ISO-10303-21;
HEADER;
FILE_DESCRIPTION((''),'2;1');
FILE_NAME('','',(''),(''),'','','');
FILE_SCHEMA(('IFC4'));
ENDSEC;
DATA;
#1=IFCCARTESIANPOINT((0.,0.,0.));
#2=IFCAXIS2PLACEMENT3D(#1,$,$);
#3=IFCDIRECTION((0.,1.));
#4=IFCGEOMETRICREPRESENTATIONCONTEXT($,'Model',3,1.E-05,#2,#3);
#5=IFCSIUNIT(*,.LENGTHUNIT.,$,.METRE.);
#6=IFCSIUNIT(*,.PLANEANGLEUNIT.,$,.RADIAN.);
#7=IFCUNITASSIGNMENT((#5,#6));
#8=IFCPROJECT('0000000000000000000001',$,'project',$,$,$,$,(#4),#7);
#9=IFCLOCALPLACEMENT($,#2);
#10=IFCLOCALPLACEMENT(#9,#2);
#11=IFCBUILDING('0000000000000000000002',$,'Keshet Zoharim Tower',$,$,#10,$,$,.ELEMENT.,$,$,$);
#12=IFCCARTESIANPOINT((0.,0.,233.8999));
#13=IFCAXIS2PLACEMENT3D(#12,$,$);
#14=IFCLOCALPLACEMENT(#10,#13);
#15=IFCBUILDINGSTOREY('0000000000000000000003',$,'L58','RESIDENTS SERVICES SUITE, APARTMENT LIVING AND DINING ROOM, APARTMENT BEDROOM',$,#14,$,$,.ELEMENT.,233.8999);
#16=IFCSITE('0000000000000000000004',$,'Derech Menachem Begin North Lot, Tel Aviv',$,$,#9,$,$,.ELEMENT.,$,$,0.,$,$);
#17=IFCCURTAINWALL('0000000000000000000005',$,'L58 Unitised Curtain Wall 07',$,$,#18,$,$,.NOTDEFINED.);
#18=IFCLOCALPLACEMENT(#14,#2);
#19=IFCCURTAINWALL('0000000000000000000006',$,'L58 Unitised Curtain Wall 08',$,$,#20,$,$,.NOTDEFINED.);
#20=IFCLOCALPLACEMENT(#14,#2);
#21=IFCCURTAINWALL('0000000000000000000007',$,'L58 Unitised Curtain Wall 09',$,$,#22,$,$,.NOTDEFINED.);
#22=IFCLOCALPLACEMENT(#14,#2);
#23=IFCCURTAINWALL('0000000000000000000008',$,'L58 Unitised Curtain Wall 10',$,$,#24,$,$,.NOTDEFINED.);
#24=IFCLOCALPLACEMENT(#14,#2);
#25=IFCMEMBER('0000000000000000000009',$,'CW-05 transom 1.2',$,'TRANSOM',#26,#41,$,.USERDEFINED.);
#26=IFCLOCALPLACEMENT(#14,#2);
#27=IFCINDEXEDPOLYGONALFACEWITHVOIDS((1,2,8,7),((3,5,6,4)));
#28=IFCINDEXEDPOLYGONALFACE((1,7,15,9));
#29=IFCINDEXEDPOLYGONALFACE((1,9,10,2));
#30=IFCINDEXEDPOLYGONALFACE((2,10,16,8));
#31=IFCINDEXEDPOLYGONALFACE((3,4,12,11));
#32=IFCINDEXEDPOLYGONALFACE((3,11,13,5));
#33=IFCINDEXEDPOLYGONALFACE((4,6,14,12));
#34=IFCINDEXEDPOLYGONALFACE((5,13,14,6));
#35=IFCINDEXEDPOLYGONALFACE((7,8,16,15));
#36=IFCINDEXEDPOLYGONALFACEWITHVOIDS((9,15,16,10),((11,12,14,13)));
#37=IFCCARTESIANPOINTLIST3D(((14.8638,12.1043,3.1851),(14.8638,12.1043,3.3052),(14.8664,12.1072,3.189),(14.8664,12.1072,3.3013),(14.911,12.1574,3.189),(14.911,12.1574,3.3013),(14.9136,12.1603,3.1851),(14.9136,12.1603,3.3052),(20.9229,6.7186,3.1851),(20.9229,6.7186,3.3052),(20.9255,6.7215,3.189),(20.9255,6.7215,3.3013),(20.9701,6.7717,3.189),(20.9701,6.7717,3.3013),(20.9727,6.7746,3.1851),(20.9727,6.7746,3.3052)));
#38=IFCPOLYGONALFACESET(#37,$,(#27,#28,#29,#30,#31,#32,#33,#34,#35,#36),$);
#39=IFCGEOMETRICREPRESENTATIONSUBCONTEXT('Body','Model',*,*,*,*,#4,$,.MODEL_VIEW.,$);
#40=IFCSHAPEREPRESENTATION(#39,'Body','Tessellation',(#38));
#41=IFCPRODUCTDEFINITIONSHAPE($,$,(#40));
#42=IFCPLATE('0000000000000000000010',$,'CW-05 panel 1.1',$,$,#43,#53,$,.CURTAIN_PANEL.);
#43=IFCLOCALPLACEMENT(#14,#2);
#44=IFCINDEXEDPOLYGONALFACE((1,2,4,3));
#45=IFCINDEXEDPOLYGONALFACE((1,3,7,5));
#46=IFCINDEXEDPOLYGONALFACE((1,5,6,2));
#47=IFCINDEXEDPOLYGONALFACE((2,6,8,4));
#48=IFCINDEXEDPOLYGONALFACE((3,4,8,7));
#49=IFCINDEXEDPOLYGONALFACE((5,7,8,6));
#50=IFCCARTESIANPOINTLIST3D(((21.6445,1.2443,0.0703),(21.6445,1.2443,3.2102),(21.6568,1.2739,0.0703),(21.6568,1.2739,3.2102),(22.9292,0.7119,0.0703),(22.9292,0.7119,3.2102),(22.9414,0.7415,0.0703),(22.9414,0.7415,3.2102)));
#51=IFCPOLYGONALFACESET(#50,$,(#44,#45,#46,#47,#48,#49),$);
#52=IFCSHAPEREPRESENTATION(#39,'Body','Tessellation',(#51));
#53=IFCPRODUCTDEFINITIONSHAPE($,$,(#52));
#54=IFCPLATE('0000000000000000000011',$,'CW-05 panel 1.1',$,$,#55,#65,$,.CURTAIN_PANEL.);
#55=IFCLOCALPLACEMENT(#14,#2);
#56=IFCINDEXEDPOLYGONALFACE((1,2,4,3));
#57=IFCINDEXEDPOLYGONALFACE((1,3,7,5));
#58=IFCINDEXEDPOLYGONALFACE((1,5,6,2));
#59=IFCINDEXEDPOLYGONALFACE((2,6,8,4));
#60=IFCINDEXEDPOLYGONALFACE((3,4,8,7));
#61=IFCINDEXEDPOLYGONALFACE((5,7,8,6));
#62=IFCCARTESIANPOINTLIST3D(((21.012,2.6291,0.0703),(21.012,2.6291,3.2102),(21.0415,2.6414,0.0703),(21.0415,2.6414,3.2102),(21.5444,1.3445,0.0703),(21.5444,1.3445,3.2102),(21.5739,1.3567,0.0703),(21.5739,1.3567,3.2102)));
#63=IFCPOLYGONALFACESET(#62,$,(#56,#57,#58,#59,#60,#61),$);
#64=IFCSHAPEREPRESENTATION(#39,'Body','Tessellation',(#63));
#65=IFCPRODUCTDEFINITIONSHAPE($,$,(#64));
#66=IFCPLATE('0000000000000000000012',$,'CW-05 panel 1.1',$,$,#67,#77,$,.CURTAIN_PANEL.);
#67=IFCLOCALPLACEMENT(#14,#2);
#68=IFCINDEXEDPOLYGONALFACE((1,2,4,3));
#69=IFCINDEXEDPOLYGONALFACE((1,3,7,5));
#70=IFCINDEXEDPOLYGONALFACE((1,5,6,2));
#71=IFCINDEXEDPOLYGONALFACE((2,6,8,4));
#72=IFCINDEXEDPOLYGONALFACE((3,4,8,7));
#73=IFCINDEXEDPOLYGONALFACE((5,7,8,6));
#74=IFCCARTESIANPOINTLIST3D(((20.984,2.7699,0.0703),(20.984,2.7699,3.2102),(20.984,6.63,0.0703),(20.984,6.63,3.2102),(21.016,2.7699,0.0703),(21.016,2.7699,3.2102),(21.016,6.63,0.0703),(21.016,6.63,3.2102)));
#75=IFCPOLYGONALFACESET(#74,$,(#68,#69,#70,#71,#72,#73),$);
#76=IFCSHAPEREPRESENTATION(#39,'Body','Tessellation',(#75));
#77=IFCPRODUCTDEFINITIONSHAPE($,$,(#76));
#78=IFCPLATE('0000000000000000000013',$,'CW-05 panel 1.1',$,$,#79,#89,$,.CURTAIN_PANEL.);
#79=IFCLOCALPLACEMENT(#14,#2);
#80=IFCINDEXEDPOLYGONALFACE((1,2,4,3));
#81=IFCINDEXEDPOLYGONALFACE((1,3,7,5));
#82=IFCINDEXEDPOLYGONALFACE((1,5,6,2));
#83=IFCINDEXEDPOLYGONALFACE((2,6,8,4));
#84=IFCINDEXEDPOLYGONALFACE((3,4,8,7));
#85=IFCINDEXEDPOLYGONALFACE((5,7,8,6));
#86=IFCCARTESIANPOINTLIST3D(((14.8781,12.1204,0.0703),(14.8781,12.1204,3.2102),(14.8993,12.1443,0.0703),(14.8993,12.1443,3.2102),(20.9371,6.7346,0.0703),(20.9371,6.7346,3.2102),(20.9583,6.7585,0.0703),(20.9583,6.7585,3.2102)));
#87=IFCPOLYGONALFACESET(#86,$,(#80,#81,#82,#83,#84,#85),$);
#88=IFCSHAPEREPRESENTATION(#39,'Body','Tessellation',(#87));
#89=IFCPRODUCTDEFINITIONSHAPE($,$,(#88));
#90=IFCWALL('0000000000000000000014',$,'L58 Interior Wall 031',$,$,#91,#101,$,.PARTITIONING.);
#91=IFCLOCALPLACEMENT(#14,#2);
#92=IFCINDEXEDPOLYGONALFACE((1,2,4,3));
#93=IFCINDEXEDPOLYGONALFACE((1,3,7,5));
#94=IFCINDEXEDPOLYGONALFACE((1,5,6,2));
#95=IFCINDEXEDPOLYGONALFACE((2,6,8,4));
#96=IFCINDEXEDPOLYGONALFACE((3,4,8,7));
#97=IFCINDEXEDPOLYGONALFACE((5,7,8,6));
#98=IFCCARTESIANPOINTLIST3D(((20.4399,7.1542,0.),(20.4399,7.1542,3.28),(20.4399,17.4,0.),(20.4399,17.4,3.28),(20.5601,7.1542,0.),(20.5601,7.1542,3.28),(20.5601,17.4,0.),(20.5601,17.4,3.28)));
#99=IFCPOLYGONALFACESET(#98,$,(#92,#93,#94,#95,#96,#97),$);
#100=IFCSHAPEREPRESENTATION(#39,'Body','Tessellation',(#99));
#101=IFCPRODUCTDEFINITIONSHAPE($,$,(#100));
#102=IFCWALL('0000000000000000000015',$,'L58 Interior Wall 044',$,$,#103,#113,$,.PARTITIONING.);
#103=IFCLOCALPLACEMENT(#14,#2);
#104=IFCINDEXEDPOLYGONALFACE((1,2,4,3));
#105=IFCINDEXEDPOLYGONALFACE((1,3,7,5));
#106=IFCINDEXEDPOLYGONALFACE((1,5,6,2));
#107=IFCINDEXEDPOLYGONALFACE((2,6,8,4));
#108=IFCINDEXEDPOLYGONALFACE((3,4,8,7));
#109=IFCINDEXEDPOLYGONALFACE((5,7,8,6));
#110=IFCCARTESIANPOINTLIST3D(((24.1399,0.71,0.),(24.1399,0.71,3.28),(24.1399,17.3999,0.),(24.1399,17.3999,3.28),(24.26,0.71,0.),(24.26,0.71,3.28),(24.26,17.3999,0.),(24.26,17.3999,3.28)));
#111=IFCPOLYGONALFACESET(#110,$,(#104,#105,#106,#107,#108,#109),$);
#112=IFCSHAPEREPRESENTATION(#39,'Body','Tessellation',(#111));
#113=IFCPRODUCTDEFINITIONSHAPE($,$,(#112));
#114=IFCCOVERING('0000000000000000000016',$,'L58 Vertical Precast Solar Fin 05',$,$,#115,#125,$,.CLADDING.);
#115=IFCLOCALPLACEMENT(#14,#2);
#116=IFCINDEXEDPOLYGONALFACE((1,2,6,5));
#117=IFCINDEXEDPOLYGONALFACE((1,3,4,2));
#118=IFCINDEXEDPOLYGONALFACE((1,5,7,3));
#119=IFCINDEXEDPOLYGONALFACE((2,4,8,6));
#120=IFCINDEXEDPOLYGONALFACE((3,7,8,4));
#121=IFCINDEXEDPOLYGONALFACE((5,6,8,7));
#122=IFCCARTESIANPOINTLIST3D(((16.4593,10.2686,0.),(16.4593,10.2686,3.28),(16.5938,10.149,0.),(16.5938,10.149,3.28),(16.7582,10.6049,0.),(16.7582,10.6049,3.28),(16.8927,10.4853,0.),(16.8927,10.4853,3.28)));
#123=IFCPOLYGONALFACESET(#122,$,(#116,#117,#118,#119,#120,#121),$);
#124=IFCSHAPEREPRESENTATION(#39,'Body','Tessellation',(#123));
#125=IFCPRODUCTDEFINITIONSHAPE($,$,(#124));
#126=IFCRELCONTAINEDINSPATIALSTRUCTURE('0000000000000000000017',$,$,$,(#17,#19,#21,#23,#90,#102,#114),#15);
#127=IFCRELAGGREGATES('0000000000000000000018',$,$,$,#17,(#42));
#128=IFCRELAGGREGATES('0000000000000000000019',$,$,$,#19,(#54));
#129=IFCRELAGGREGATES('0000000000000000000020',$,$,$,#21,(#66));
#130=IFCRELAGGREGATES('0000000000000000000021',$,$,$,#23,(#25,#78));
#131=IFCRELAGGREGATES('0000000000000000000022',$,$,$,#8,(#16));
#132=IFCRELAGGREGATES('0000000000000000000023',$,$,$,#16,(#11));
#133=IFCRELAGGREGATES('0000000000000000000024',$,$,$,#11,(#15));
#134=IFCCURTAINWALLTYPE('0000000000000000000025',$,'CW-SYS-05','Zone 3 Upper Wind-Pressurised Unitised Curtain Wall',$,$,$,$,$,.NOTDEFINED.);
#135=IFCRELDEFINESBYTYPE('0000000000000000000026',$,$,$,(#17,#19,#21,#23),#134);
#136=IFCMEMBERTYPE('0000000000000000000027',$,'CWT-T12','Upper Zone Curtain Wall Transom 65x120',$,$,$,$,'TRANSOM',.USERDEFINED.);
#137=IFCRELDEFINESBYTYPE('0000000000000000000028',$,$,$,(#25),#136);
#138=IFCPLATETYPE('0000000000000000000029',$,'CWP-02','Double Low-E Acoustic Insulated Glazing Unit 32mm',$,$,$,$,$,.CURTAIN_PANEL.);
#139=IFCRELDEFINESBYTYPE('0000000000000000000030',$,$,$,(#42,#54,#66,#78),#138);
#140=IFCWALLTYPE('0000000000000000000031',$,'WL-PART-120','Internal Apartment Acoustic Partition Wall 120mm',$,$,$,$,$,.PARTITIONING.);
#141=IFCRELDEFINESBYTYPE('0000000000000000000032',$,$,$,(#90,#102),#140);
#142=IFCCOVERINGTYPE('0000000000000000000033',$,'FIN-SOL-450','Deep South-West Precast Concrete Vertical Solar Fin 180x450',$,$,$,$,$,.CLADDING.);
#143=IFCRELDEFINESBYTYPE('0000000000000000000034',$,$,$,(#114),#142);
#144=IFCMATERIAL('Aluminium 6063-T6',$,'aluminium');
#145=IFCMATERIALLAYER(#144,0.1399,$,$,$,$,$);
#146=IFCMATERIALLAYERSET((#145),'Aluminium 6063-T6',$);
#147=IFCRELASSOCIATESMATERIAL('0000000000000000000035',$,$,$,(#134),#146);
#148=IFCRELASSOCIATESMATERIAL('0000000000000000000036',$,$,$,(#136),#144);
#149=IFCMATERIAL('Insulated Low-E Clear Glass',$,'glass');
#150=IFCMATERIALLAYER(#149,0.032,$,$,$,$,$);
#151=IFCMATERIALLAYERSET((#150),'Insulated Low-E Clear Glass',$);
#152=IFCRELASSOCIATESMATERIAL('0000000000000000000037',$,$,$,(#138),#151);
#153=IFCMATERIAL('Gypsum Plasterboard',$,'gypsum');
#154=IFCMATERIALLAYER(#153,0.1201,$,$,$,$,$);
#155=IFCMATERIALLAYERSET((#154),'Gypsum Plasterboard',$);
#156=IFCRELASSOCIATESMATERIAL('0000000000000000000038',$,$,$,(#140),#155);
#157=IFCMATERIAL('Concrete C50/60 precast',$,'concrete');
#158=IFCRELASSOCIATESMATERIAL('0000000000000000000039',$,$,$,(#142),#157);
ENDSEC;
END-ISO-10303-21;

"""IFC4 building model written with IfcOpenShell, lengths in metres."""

from ifc_helpers import new_model, si_unit, direction, frame, frame_2d, origin, origin_2d, place, context, subcontext, project, spatial, rectangle, hollow_rectangle, extrude, material, layer, layer_set, material_profile, profile_set, type_object, element, aggregate, save


model = new_model("IFC4")

# Units and contexts
model_context = context("Model", 3, precision=1e-05, world=origin(), true_north=direction((0.0, 1.0)))
body_context = subcontext(model_context, "Body", "Model", "MODEL_VIEW")
ifc_project = project(units=[si_unit("LENGTHUNIT", "METRE"), si_unit("PLANEANGLEUNIT", "RADIAN")], contexts=[model_context])

# Site, building, storey
site_placement = place(None, origin())
site = spatial("IfcSite", under=ifc_project, at=site_placement, Name="Derech Menachem Begin North Lot, Tel Aviv", CompositionType="ELEMENT", RefElevation=0.0)
building_placement = place(site_placement, origin())
building = spatial("IfcBuilding", under=site, at=building_placement, Name="Keshet Zoharim Tower", CompositionType="ELEMENT")
storey_placement = place(building_placement, frame((0.0, 0.0, 233.8999)))
storey = spatial("IfcBuildingStorey", under=building, at=storey_placement, Name="L58", Description="RESIDENTS SERVICES SUITE, APARTMENT LIVING AND DINING ROOM, APARTMENT BEDROOM", CompositionType="ELEMENT", Elevation=233.8999)

# Shared definitions
ifc_material_1 = material(Name="Aluminium 6063-T6", Category="aluminium")
ifc_layer_1 = layer(ifc_material_1, 0.1399)
ifc_layer_set_1 = layer_set([ifc_layer_1], Name="Aluminium 6063-T6")
curtain_wall_type = type_object("IfcCurtainWallType", Name="CW-SYS-05", Description="Zone 3 Upper Wind-Pressurised Unitised Curtain Wall", PredefinedType="NOTDEFINED", material=ifc_layer_set_1)

# Curtain walls
curtain_wall_1_placement = place(storey_placement, origin())
curtain_wall_1 = element("IfcCurtainWall", 1, at=curtain_wall_1_placement, inside=storey, type_object=curtain_wall_type, Name="L58 Unitised Curtain Wall 07", PredefinedType="NOTDEFINED")
curtain_wall_2_placement = place(storey_placement, origin())
curtain_wall_2 = element("IfcCurtainWall", 2, at=curtain_wall_2_placement, inside=storey, type_object=curtain_wall_type, Name="L58 Unitised Curtain Wall 08", PredefinedType="NOTDEFINED")
curtain_wall_3_placement = place(storey_placement, origin())
curtain_wall_3 = element("IfcCurtainWall", 3, at=curtain_wall_3_placement, inside=storey, type_object=curtain_wall_type, Name="L58 Unitised Curtain Wall 09", PredefinedType="NOTDEFINED")

# Curtain wall
curtain_wall_4_placement = place(storey_placement, origin())
curtain_wall_4 = element("IfcCurtainWall", 4, at=curtain_wall_4_placement, inside=storey, type_object=curtain_wall_type, Name="L58 Unitised Curtain Wall 10", PredefinedType="NOTDEFINED")

# Member
ifc_material_profile_1 = material_profile(ifc_material_1, hollow_rectangle(XDim=0.075, YDim=0.1201, WallThickness=0.0039, at=origin_2d()), Name="TRN-75x120")
ifc_profile_set_1 = profile_set([ifc_material_profile_1], Name="Aluminium 6063-T6")
member_type_1 = type_object("IfcMemberType", Name="CWT-T12", Description="Upper Zone Curtain Wall Transom 65x120", ElementType="TRANSOM", PredefinedType="USERDEFINED", material=ifc_profile_set_1)
member_1_placement = place(storey_placement, frame((20.9478, 6.7466, 3.2451), z_axis=(-0.747416, 0.664356, 0.0), x_axis=(-0.664356, -0.747416, 0.0)))
member_1 = element("IfcMember", 5, at=member_1_placement, type_object=member_type_1, Name="CW-05 transom 1.2", ObjectType="TRANSOM", PredefinedType="USERDEFINED", context=body_context, shape_type="SweptSolid", body=[
    extrude(hollow_rectangle(XDim=0.075, YDim=0.1201, WallThickness=0.0039, at=origin_2d()), origin(), (0.0, 0.0, 1.0), 8.1067),
])

# Plates
ifc_material_2 = material(Name="Insulated Low-E Clear Glass", Category="glass")
ifc_layer_2 = layer(ifc_material_2, 0.032)
ifc_layer_set_2 = layer_set([ifc_layer_2], Name="Insulated Low-E Clear Glass")
plate_type = type_object("IfcPlateType", Name="CWP-02", Description="Double Low-E Acoustic Insulated Glazing Unit 32mm", PredefinedType="CURTAIN_PANEL", material=ifc_layer_set_2)
plate_1_placement = place(storey_placement, frame((22.293, 0.9929, 0.0703), z_axis=(0.0, 0.0, 1.0), x_axis=(-0.92381, 0.382852, 0.0)))
plate_1 = element("IfcPlate", 6, at=plate_1_placement, type_object=plate_type, Name="CW-05 panel 1.1", PredefinedType="CURTAIN_PANEL", context=body_context, shape_type="SweptSolid", body=[
    extrude(rectangle(XDim=1.3906, YDim=0.032, at=origin_2d()), origin(), (0.0, 0.0, 1.0), 3.1399),
])
aggregate(curtain_wall_1, [plate_1])
plate_2_placement = place(storey_placement, frame((21.293, 1.9929, 0.0703), z_axis=(0.0, 0.0, 1.0), x_axis=(-0.382852, 0.92381, 0.0)))
plate_2 = element("IfcPlate", 7, at=plate_2_placement, type_object=plate_type, Name="CW-05 panel 1.1", PredefinedType="CURTAIN_PANEL", context=body_context, shape_type="SweptSolid", body=[
    extrude(rectangle(XDim=1.3906, YDim=0.032, at=origin_2d()), origin(), (0.0, 0.0, 1.0), 3.1399),
])
aggregate(curtain_wall_2, [plate_2])
plate_3_placement = place(storey_placement, frame((21.0, 4.7, 0.0703), z_axis=(0.0, 0.0, 1.0), x_axis=(0.0, 1.0, 0.0)))
plate_3 = element("IfcPlate", 8, at=plate_3_placement, type_object=plate_type, Name="CW-05 panel 1.1", PredefinedType="CURTAIN_PANEL", context=body_context, shape_type="SweptSolid", body=[
    extrude(rectangle(XDim=3.8601, YDim=0.032, at=origin_2d()), origin(), (0.0, 0.0, 1.0), 3.1399),
])
aggregate(curtain_wall_3, [plate_3])
plate_4_placement = place(storey_placement, frame((17.9182, 9.4395, 0.0703), z_axis=(0.0, 0.0, 1.0), x_axis=(-0.747407, 0.664367, 0.0)))
plate_4 = element("IfcPlate", 9, at=plate_4_placement, type_object=plate_type, Name="CW-05 panel 1.1", PredefinedType="CURTAIN_PANEL", context=body_context, shape_type="SweptSolid", body=[
    extrude(rectangle(XDim=8.1067, YDim=0.032, at=origin_2d()), origin(), (0.0, 0.0, 1.0), 3.1399),
])
aggregate(curtain_wall_4, [member_1, plate_4])

# Walls
ifc_material_3 = material(Name="Gypsum Plasterboard", Category="gypsum")
ifc_layer_3 = layer(ifc_material_3, 0.1201)
ifc_layer_set_3 = layer_set([ifc_layer_3], Name="Gypsum Plasterboard")
wall_type = type_object("IfcWallType", Name="WL-PART-120", Description="Internal Apartment Acoustic Partition Wall 120mm", PredefinedType="PARTITIONING", material=ifc_layer_set_3)
wall_1_placement = place(storey_placement, frame((20.5, 7.1541, 0.0), z_axis=(0.0, 0.0, 1.0), x_axis=(0.0, 1.0, 0.0)))
element("IfcWall", 10, at=wall_1_placement, inside=storey, type_object=wall_type, Name="L58 Interior Wall 031", PredefinedType="PARTITIONING", context=body_context, shape_type="SweptSolid", body=[
    extrude(rectangle(XDim=10.2458, YDim=0.1201, at=frame_2d((5.123, 0.0))), origin(), (0.0, 0.0, 1.0), 3.28),
])
wall_2_placement = place(storey_placement, frame((24.2, 0.71, 0.0), z_axis=(0.0, 0.0, 1.0), x_axis=(0.0, 1.0, 0.0)))
element("IfcWall", 11, at=wall_2_placement, inside=storey, type_object=wall_type, Name="L58 Interior Wall 044", PredefinedType="PARTITIONING", context=body_context, shape_type="SweptSolid", body=[
    extrude(rectangle(XDim=16.6899, YDim=0.1201, at=frame_2d((8.345, 0.0))), origin(), (0.0, 0.0, 1.0), 3.28),
])

# Covering
ifc_material_4 = material(Name="Concrete C50/60 precast", Category="concrete")
covering_type = type_object("IfcCoveringType", Name="FIN-SOL-450", Description="Deep South-West Precast Concrete Vertical Solar Fin 180x450", PredefinedType="CLADDING", material=ifc_material_4)
covering_placement = place(storey_placement, frame((16.676, 10.377, 0.0), z_axis=(0.0, 0.0, 1.0), x_axis=(-0.747409, 0.664364, 0.0)))
element("IfcCovering", 12, at=covering_placement, inside=storey, type_object=covering_type, Name="L58 Vertical Precast Solar Fin 05", PredefinedType="CLADDING", context=body_context, shape_type="SweptSolid", body=[
    extrude(rectangle(XDim=0.1799, YDim=0.45, at=origin_2d()), origin(), (0.0, 0.0, 1.0), 3.28),
])

save(model, "model.ifc")
